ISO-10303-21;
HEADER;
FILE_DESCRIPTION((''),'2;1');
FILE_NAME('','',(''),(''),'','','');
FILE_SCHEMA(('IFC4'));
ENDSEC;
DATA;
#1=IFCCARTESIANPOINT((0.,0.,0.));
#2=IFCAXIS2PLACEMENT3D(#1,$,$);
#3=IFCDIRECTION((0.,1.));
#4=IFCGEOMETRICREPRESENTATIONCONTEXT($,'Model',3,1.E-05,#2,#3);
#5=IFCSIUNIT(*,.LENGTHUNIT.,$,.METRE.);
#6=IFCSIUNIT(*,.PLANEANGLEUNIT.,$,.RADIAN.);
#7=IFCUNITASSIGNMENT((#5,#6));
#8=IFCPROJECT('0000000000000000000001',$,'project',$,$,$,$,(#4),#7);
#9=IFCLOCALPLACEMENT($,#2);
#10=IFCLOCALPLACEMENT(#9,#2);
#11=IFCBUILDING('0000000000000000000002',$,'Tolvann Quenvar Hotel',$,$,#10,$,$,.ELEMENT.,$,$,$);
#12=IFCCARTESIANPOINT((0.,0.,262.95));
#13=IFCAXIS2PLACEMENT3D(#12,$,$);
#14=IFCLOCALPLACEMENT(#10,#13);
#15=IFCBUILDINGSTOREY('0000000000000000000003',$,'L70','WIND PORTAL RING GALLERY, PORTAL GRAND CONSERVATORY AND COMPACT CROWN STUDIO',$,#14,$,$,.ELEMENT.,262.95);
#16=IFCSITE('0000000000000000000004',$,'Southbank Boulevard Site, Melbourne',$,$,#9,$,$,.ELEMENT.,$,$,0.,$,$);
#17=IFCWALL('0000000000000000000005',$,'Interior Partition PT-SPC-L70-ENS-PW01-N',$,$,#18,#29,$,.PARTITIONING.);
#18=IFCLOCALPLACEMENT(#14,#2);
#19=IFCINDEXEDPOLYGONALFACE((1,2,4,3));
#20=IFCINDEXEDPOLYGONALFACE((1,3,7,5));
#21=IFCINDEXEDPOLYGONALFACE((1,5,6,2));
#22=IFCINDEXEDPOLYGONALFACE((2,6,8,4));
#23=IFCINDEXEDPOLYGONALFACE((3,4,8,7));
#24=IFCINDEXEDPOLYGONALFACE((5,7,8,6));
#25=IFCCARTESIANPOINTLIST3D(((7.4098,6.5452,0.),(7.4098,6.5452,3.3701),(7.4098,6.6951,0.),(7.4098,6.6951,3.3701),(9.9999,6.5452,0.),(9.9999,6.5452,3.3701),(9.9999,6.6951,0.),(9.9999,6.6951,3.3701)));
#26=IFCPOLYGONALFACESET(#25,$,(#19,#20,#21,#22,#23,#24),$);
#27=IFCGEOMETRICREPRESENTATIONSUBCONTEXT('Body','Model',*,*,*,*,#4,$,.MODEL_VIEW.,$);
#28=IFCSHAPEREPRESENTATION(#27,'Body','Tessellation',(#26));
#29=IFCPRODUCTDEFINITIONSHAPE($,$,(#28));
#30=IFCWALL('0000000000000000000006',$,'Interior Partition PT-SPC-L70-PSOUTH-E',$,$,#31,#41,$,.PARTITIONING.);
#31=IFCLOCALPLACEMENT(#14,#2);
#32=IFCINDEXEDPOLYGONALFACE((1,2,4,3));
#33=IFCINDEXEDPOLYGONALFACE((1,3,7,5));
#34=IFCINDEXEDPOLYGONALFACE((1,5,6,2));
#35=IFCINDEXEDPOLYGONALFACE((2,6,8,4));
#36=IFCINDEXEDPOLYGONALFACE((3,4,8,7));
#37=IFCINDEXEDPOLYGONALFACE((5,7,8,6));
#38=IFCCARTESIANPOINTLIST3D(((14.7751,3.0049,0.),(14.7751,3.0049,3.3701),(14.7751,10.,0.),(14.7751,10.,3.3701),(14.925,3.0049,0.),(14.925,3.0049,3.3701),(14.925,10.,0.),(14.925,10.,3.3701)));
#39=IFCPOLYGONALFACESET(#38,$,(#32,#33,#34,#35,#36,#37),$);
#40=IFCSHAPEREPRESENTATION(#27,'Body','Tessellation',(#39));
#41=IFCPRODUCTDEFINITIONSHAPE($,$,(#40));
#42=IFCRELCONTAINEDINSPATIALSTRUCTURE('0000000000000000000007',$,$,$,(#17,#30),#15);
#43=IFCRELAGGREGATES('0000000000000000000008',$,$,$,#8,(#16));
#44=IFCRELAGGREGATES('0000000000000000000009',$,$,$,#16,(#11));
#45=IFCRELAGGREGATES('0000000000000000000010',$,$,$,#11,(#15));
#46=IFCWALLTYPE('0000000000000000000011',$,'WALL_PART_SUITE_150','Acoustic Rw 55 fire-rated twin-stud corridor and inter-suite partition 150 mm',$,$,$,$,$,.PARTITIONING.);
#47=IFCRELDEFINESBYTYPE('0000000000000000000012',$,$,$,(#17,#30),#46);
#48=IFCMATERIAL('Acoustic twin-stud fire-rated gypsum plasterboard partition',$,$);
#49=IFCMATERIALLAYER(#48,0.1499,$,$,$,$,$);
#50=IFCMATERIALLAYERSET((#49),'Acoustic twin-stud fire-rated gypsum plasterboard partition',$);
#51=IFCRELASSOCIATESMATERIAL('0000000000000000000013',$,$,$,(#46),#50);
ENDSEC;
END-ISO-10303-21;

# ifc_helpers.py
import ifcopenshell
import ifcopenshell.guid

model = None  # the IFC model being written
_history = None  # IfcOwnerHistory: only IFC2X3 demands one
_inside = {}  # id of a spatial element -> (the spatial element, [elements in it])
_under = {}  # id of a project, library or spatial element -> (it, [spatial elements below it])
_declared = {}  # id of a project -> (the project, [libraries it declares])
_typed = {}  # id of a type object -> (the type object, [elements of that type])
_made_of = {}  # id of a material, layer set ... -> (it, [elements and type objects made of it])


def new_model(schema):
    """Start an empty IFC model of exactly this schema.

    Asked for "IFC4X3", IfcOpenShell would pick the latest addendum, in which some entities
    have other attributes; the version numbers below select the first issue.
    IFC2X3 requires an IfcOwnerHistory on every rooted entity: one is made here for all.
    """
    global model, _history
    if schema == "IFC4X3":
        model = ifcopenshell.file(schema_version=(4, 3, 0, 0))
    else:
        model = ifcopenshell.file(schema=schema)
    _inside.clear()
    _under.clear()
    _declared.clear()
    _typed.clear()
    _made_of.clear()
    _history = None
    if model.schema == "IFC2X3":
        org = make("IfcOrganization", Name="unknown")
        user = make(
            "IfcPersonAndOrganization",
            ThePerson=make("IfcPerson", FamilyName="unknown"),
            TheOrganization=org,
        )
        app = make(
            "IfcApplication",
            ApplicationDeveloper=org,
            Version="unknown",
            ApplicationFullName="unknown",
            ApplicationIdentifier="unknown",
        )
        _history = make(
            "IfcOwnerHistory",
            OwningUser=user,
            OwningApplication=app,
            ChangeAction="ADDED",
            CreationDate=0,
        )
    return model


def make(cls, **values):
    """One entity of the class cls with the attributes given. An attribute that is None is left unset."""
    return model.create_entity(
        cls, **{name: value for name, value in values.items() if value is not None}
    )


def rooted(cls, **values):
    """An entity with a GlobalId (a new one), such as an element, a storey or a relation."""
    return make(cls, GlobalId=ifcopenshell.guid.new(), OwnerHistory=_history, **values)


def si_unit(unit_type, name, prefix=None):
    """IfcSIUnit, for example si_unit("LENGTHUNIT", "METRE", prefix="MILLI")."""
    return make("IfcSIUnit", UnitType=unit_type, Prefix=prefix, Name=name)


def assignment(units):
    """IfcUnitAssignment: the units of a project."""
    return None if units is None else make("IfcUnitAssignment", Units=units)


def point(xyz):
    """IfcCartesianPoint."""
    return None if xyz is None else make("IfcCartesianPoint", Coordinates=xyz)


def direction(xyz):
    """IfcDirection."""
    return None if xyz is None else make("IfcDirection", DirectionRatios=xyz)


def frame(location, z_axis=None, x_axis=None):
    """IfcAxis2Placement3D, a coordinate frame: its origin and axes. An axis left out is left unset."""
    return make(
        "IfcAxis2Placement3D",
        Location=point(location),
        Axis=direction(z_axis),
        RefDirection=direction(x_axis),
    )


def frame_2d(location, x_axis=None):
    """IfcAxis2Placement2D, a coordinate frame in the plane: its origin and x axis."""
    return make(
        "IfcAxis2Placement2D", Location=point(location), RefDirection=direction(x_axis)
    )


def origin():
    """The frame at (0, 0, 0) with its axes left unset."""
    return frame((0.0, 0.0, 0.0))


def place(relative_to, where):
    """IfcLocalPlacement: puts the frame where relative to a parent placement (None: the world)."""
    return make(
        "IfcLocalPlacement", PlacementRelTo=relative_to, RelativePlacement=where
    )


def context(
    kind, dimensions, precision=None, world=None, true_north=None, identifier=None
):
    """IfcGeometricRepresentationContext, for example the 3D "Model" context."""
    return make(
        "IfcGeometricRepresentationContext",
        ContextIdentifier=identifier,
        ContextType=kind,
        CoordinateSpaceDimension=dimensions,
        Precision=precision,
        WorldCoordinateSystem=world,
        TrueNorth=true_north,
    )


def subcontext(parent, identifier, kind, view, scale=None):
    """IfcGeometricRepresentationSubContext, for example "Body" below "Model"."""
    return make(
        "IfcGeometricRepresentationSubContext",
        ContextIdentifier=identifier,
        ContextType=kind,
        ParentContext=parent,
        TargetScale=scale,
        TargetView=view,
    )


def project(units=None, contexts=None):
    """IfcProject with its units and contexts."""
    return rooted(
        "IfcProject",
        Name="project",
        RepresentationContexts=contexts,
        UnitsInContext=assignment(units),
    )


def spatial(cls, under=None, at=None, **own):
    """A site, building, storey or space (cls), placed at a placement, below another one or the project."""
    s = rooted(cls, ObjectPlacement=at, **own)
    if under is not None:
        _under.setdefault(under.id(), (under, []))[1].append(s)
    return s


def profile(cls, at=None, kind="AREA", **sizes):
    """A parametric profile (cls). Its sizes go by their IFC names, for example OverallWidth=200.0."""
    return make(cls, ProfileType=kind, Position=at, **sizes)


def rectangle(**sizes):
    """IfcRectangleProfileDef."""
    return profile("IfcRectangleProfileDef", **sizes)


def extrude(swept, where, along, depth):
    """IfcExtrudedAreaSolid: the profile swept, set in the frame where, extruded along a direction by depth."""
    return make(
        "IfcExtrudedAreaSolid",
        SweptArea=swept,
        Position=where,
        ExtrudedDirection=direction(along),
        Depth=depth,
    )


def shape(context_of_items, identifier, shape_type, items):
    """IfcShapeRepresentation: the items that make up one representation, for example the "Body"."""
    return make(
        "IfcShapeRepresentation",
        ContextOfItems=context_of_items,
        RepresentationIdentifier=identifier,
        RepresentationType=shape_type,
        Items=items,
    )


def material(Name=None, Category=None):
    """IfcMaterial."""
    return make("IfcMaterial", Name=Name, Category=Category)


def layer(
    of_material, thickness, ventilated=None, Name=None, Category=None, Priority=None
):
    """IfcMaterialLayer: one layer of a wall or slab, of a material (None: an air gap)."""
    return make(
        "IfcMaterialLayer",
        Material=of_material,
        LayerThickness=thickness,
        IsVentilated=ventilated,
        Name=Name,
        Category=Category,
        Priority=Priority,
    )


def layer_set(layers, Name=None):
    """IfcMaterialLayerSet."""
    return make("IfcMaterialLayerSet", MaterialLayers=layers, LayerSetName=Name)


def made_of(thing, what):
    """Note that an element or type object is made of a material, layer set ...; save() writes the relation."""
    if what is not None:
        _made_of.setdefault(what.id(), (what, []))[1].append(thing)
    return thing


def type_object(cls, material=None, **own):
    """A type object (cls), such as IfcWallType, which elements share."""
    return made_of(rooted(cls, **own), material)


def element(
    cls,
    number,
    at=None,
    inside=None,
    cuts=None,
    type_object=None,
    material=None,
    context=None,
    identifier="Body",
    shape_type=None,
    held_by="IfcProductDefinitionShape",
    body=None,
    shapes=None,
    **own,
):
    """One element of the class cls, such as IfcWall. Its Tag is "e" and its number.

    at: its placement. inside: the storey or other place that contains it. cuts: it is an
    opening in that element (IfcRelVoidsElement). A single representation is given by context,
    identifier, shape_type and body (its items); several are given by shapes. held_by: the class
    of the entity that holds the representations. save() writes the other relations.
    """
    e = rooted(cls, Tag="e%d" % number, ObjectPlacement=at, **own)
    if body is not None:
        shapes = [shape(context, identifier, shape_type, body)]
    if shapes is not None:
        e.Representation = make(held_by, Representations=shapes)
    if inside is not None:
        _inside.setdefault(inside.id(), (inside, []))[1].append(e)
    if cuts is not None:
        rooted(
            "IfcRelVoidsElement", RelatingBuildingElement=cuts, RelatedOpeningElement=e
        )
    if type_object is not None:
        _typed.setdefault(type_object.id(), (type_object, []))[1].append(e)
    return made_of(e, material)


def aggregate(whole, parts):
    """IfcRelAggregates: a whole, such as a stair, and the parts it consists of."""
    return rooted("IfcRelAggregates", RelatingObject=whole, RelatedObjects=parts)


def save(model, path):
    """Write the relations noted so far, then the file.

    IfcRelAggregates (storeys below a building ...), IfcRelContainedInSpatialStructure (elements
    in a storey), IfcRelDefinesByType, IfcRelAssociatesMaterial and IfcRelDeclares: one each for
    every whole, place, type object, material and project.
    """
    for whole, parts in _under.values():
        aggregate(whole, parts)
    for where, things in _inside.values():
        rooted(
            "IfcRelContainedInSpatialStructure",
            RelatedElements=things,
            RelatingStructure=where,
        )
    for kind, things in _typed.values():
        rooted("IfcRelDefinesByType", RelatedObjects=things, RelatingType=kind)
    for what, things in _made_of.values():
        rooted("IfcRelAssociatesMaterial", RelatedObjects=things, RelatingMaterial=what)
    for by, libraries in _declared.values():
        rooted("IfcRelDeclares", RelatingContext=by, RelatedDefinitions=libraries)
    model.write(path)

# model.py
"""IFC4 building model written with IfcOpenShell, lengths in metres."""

from ifc_helpers import new_model, si_unit, direction, frame, frame_2d, origin, place, context, subcontext, project, spatial, rectangle, extrude, material, layer, layer_set, type_object, element, save


model = new_model("IFC4")

# Units and contexts
model_context = context("Model", 3, precision=1e-05, world=origin(), true_north=direction((0.0, 1.0)))
body_context = subcontext(model_context, "Body", "Model", "MODEL_VIEW")
ifc_project = project(units=[si_unit("LENGTHUNIT", "METRE"), si_unit("PLANEANGLEUNIT", "RADIAN")], contexts=[model_context])

# Site, building, storey
site_placement = place(None, origin())
site = spatial("IfcSite", under=ifc_project, at=site_placement, Name="Southbank Boulevard Site, Melbourne", CompositionType="ELEMENT", RefElevation=0.0)
building_placement = place(site_placement, origin())
building = spatial("IfcBuilding", under=site, at=building_placement, Name="Tolvann Quenvar Hotel", CompositionType="ELEMENT")
storey_placement = place(building_placement, frame((0.0, 0.0, 262.95)))
storey = spatial("IfcBuildingStorey", under=building, at=storey_placement, Name="L70", Description="WIND PORTAL RING GALLERY, PORTAL GRAND CONSERVATORY AND COMPACT CROWN STUDIO", CompositionType="ELEMENT", Elevation=262.95)

# Shared definitions
ifc_material_1 = material(Name="Acoustic twin-stud fire-rated gypsum plasterboard partition")
ifc_layer_1 = layer(ifc_material_1, 0.1499)
ifc_layer_set_1 = layer_set([ifc_layer_1], Name="Acoustic twin-stud fire-rated gypsum plasterboard partition")
wall_type_1 = type_object("IfcWallType", Name="WALL_PART_SUITE_150", Description="Acoustic Rw 55 fire-rated twin-stud corridor and inter-suite partition 150 mm", PredefinedType="PARTITIONING", material=ifc_layer_set_1)

# Wall
wall_1_placement = place(storey_placement, frame((7.4099, 6.6201, 0.0), z_axis=(0.0, 0.0, 1.0), x_axis=(1.0, 0.0, 0.0)))
element("IfcWall", 1, at=wall_1_placement, inside=storey, type_object=wall_type_1, Name="Interior Partition PT-SPC-L70-ENS-PW01-N", PredefinedType="PARTITIONING", context=body_context, shape_type="SweptSolid", body=[
    extrude(rectangle(XDim=2.5901, YDim=0.1499, at=frame_2d((1.2949, 0.0))), origin(), (0.0, 0.0, 1.0), 3.3701),
])

# Wall
wall_2_placement = place(storey_placement, frame((14.8501, 3.0049, 0.0), z_axis=(0.0, 0.0, 1.0), x_axis=(0.0, 1.0, 0.0)))
element("IfcWall", 2, at=wall_2_placement, inside=storey, type_object=wall_type_1, Name="Interior Partition PT-SPC-L70-PSOUTH-E", PredefinedType="PARTITIONING", context=body_context, shape_type="SweptSolid", body=[
    extrude(rectangle(XDim=6.9951, YDim=0.1499, at=frame_2d((3.4976, 0.0))), origin(), (0.0, 0.0, 1.0), 3.3701),
])

save(model, "model.ifc")
